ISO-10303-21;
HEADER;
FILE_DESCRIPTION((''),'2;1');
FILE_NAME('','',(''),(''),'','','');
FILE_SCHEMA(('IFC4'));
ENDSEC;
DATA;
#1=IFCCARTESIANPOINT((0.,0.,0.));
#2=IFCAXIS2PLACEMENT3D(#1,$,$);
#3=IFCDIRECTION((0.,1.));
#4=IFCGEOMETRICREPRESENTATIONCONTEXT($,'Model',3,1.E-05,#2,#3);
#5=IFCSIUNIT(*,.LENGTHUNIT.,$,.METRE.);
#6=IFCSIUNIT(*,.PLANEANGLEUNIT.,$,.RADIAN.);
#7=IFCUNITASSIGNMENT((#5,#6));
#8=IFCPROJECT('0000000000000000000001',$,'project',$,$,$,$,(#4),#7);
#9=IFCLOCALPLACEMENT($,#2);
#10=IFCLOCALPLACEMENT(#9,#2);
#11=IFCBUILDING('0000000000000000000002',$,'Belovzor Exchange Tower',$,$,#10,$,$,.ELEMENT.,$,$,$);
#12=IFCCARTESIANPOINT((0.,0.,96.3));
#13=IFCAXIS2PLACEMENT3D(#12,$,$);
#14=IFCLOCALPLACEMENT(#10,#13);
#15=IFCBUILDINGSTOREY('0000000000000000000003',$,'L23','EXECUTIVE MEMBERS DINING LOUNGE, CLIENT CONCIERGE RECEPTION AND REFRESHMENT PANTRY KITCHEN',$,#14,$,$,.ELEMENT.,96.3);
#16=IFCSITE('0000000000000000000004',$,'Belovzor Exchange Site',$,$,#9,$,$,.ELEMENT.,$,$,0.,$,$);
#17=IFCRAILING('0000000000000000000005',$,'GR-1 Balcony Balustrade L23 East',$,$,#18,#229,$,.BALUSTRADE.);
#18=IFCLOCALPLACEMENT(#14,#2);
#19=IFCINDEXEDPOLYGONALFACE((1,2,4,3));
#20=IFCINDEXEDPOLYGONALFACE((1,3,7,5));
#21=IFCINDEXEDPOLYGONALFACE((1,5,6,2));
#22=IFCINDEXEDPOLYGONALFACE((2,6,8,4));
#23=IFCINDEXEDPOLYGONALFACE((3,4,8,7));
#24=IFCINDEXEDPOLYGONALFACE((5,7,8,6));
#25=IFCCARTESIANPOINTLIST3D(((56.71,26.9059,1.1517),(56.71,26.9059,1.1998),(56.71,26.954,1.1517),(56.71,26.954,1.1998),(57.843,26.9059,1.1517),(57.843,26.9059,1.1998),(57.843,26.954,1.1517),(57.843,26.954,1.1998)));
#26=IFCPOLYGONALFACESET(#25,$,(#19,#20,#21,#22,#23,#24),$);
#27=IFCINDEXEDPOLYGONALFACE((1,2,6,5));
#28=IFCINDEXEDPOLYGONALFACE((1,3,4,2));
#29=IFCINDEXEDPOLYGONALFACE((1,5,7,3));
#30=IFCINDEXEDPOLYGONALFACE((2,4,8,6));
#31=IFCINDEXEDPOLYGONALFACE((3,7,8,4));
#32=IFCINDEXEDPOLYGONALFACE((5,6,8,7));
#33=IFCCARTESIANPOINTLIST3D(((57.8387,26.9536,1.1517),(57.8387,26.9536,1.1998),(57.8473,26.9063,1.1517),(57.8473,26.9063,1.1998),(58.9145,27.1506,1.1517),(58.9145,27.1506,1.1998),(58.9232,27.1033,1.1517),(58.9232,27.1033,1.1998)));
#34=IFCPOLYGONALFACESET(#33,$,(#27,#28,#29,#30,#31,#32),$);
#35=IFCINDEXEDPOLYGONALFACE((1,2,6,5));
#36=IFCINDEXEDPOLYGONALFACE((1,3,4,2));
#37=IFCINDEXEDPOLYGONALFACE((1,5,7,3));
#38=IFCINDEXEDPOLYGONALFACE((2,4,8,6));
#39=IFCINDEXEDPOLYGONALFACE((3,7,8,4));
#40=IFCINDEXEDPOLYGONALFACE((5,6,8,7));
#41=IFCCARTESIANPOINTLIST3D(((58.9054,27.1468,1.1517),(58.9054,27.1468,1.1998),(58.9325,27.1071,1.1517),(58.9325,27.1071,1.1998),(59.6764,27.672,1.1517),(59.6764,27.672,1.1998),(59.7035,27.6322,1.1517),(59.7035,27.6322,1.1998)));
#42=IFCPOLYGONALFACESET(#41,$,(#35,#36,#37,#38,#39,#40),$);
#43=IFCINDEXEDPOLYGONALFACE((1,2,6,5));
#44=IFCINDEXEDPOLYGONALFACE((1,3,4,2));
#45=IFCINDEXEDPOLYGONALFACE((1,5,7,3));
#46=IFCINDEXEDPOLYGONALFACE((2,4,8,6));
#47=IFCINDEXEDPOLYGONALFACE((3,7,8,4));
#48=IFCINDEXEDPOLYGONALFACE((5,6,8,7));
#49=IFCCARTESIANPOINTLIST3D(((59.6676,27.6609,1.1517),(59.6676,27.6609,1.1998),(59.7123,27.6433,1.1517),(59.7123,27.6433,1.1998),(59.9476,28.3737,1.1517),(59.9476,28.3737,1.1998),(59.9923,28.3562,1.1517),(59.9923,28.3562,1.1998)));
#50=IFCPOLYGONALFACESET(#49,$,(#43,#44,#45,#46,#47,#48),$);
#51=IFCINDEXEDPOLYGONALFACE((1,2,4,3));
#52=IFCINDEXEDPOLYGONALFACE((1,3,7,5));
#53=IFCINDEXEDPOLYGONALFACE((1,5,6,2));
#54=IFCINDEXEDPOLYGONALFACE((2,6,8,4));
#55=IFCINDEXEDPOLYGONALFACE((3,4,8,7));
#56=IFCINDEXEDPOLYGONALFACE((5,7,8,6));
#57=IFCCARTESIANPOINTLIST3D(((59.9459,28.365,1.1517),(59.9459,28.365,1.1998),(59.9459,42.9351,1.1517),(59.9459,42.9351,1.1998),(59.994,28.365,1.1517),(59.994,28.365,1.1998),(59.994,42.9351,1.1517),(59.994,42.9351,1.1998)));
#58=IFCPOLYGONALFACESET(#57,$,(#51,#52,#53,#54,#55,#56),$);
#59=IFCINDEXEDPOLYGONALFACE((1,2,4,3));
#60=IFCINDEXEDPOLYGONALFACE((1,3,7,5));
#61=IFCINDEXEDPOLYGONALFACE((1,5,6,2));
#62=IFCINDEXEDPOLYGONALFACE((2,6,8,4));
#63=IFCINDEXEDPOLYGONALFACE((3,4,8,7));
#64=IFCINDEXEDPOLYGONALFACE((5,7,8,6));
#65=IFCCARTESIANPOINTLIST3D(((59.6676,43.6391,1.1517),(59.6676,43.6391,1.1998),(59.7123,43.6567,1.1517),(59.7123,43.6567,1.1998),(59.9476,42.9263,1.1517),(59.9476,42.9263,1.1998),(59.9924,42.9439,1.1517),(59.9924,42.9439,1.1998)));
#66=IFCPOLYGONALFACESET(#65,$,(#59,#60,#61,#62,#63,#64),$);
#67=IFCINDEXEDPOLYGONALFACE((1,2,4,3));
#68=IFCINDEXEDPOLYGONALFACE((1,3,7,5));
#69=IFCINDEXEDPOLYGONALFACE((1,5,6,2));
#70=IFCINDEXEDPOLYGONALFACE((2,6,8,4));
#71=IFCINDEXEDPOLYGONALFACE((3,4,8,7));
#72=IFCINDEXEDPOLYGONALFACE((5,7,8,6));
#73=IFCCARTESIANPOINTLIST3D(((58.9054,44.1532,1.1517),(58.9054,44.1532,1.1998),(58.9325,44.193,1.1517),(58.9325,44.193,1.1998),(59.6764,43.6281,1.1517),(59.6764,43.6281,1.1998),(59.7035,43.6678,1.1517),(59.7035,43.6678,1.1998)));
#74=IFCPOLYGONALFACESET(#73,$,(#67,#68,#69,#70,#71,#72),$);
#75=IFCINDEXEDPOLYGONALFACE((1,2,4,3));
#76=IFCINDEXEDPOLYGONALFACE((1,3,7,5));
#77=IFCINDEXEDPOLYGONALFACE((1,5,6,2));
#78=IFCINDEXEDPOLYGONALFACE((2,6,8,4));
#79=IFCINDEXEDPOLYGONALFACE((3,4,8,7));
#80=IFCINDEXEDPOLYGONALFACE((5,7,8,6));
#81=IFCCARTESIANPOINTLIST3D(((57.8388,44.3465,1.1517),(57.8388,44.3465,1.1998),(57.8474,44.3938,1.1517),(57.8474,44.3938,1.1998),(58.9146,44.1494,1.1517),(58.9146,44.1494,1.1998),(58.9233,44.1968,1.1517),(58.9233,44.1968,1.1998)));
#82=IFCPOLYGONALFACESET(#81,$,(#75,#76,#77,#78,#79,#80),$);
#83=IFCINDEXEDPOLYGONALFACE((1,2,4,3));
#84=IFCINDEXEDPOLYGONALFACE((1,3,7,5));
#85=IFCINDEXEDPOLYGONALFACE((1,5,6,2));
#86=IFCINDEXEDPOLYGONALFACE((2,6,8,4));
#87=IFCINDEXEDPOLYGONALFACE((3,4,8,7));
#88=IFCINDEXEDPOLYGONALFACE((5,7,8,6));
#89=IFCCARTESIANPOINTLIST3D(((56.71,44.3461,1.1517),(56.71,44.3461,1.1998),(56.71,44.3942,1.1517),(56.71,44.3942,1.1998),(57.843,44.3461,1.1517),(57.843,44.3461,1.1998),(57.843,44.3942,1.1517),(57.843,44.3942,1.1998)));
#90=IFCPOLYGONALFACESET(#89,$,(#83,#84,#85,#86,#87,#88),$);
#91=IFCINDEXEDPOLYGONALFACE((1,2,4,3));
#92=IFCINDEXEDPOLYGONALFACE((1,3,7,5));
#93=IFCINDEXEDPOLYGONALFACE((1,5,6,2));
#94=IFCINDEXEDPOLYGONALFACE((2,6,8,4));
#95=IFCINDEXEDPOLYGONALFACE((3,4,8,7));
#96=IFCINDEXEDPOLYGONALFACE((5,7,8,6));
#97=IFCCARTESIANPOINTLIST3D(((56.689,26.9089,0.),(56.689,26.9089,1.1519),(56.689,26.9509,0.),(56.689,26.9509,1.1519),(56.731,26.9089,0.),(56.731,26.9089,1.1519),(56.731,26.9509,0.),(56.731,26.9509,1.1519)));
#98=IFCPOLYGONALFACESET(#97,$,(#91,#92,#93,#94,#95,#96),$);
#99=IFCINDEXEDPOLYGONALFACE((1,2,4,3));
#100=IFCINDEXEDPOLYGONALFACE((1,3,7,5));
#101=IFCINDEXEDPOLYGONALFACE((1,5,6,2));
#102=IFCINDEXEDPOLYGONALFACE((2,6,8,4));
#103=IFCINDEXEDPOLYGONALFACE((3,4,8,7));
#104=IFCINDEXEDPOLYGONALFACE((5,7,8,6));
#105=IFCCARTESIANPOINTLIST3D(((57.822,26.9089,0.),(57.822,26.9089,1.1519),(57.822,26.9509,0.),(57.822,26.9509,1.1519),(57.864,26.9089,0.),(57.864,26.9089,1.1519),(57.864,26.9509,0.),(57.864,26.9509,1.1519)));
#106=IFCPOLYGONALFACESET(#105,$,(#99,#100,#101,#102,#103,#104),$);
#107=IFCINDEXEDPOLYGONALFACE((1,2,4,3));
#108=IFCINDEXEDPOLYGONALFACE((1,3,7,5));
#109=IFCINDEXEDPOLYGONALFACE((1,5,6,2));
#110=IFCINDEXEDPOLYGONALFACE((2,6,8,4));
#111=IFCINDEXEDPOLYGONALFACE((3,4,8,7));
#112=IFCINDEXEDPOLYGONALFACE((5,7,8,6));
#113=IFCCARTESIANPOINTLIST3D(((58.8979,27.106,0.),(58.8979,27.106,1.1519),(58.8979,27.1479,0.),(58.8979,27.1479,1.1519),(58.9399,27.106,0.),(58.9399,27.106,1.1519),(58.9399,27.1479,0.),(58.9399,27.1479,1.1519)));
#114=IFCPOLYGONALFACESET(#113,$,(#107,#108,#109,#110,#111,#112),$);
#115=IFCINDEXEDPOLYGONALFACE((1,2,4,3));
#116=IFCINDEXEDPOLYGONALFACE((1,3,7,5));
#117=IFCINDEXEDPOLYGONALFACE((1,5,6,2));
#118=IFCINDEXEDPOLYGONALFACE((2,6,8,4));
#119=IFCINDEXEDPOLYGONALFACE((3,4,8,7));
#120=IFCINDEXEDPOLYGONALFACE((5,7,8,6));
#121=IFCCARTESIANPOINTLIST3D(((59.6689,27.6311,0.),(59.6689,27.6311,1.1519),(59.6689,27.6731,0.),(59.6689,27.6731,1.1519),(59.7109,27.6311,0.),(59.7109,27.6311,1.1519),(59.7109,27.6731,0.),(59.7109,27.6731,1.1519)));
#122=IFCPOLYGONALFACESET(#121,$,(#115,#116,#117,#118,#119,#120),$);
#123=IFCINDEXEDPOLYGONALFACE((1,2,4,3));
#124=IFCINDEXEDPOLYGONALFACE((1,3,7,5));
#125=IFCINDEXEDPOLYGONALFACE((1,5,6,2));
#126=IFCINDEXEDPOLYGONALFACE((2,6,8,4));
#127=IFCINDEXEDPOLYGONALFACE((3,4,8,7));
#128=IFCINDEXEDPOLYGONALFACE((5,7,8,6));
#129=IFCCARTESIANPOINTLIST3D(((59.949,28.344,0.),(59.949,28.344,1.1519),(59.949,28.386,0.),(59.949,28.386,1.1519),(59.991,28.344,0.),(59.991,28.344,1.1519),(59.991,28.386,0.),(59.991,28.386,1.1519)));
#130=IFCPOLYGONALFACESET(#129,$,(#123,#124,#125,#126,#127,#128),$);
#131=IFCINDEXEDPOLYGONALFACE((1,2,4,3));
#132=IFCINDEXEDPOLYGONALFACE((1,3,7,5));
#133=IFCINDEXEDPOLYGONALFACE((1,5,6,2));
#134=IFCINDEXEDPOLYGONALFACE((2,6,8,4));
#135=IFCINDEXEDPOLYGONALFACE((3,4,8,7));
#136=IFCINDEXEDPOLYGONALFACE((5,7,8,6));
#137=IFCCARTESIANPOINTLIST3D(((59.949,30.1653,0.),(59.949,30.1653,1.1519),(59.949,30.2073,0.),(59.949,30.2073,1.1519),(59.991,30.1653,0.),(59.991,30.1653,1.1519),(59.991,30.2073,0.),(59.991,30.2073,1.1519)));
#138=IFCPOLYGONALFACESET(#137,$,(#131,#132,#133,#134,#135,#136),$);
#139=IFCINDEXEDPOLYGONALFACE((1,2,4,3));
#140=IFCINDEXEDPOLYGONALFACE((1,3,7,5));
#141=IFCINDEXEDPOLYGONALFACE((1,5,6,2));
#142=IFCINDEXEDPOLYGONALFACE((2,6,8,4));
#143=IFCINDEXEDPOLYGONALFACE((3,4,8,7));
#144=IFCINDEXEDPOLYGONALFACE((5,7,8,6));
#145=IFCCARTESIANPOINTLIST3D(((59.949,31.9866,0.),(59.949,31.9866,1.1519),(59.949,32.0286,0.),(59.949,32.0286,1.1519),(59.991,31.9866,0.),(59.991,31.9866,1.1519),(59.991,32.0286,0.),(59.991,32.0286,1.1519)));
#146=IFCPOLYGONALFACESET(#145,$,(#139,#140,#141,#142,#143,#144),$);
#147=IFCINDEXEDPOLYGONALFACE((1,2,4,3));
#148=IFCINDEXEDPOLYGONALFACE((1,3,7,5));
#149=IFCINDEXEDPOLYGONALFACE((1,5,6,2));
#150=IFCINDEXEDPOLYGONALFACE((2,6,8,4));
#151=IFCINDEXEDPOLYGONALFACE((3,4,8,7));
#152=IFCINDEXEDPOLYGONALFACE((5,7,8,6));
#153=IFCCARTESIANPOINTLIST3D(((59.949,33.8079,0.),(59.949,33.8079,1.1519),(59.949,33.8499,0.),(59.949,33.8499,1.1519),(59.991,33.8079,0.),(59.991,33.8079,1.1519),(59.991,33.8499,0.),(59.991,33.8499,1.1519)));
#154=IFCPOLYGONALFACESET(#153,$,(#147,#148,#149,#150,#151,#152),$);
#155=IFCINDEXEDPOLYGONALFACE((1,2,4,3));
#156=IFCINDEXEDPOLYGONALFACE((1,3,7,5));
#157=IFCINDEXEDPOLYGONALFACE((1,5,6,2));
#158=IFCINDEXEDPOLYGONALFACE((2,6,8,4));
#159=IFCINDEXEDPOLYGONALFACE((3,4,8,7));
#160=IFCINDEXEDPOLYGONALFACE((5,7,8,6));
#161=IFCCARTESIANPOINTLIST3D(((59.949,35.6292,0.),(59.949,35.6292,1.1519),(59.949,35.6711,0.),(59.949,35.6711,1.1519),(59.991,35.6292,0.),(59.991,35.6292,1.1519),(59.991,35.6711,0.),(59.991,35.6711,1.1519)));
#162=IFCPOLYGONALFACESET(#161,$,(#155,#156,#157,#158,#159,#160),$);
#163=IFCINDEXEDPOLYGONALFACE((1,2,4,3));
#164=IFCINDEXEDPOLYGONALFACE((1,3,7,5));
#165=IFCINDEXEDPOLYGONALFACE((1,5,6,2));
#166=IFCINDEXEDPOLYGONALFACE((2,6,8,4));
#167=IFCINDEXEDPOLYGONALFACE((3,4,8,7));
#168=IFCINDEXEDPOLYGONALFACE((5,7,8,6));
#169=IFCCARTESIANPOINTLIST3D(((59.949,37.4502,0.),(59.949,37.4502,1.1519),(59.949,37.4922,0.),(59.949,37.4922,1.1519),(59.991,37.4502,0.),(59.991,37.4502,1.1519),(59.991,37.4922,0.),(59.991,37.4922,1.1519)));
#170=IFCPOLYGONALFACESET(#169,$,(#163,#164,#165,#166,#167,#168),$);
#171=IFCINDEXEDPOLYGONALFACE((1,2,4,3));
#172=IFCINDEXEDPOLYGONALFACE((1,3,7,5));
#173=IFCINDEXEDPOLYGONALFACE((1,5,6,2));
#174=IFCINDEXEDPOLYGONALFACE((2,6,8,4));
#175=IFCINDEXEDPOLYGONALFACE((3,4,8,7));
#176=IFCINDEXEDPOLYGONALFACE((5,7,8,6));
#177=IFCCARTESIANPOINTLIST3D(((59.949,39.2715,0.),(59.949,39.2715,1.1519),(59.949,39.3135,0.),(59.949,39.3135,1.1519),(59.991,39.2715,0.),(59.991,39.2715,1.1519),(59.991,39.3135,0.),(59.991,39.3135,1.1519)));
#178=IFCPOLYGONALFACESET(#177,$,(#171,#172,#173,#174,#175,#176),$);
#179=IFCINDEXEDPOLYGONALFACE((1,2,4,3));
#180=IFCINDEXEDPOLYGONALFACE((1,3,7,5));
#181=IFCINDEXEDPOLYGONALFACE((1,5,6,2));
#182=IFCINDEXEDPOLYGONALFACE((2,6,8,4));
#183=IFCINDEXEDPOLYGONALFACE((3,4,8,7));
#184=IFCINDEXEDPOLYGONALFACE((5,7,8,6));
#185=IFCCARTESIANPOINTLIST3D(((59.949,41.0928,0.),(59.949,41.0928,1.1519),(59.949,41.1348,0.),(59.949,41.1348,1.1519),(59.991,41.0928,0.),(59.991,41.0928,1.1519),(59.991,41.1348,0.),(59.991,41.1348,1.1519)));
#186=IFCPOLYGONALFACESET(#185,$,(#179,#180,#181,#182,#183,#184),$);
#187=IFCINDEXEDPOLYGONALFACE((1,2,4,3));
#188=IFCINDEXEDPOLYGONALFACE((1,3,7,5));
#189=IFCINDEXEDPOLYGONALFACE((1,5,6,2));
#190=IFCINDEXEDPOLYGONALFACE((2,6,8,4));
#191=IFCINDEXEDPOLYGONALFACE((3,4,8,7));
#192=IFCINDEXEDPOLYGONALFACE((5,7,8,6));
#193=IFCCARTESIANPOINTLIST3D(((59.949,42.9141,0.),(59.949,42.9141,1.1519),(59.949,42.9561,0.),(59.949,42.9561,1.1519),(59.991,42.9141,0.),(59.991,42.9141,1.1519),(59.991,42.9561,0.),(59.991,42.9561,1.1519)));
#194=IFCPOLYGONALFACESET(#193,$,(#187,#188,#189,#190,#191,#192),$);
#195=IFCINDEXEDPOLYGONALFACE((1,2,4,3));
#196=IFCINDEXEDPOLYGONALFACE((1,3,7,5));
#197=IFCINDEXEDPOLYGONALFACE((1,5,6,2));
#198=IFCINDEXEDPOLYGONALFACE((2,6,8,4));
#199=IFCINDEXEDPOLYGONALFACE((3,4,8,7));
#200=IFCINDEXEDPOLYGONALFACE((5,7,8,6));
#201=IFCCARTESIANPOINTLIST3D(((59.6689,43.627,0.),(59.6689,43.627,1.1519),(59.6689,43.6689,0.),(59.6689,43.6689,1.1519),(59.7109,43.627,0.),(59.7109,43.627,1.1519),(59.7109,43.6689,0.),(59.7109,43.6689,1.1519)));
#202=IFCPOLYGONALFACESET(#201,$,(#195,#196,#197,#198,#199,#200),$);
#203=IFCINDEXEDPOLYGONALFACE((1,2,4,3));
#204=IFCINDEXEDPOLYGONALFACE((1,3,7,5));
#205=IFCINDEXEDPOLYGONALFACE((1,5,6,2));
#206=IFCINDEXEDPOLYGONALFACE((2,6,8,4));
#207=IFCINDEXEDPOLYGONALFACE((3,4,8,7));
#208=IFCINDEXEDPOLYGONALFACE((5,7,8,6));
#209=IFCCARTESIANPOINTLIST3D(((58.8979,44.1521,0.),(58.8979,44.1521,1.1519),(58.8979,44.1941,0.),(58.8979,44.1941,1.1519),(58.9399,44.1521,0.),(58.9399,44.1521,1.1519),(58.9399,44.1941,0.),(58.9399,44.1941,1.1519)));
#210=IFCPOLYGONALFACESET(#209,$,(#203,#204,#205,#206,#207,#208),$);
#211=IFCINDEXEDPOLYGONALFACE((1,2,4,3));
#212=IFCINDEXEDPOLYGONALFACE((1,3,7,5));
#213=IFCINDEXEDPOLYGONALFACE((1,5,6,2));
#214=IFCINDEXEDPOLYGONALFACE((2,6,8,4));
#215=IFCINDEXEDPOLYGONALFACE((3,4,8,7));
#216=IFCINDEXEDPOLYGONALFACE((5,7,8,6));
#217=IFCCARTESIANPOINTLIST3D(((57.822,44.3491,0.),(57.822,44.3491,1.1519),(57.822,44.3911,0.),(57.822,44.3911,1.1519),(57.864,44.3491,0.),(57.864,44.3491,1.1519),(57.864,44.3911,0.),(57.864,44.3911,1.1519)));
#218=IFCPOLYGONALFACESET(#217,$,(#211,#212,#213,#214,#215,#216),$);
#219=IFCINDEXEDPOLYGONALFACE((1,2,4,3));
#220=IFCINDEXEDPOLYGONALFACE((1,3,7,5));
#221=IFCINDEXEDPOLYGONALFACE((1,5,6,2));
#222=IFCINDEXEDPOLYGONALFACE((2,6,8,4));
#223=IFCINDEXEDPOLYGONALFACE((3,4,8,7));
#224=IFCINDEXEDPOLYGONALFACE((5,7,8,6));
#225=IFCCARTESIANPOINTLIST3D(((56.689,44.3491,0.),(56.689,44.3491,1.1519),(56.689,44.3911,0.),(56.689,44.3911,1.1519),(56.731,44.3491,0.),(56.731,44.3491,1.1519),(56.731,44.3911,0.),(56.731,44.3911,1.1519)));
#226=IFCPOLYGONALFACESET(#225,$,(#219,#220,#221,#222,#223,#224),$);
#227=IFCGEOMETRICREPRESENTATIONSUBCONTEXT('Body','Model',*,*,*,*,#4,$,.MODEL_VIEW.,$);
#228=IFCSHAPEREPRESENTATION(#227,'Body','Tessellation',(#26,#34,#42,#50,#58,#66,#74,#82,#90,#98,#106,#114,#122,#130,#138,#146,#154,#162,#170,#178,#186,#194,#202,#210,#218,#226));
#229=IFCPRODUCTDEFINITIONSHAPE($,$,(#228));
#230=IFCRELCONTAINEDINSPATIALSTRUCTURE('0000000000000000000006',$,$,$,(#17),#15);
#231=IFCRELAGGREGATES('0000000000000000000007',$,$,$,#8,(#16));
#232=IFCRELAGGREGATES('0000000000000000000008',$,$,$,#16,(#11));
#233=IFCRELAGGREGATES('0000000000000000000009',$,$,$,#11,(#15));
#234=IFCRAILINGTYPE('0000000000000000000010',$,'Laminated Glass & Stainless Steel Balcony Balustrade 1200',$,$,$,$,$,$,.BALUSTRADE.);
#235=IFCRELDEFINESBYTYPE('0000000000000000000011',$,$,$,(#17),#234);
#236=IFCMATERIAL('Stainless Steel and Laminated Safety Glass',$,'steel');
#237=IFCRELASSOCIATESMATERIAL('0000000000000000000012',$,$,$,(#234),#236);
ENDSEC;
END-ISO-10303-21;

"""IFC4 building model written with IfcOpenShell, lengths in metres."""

from ifc_helpers import new_model, si_unit, direction, frame, origin, origin_2d, place, context, subcontext, project, spatial, rectangle, extrude, material, type_object, element, save


model = new_model("IFC4")

# Units and contexts
model_context = context("Model", 3, precision=1e-05, world=origin(), true_north=direction((0.0, 1.0)))
body_context = subcontext(model_context, "Body", "Model", "MODEL_VIEW")
ifc_project = project(units=[si_unit("LENGTHUNIT", "METRE"), si_unit("PLANEANGLEUNIT", "RADIAN")], contexts=[model_context])

# Site, building, storey
site_placement = place(None, origin())
site = spatial("IfcSite", under=ifc_project, at=site_placement, Name="Belovzor Exchange Site", CompositionType="ELEMENT", RefElevation=0.0)
building_placement = place(site_placement, origin())
building = spatial("IfcBuilding", under=site, at=building_placement, Name="Belovzor Exchange Tower", CompositionType="ELEMENT")
storey_placement = place(building_placement, frame((0.0, 0.0, 96.3)))
storey = spatial("IfcBuildingStorey", under=building, at=storey_placement, Name="L23", Description="EXECUTIVE MEMBERS DINING LOUNGE, CLIENT CONCIERGE RECEPTION AND REFRESHMENT PANTRY KITCHEN", CompositionType="ELEMENT", Elevation=96.3)

# Railing
ifc_material_1 = material(Name="Stainless Steel and Laminated Safety Glass", Category="steel")
railing_type = type_object("IfcRailingType", Name="Laminated Glass & Stainless Steel Balcony Balustrade 1200", PredefinedType="BALUSTRADE", material=ifc_material_1)
railing_placement = place(storey_placement, frame((56.71, 26.9299, 0.0)))
element("IfcRailing", 1, at=railing_placement, inside=storey, type_object=railing_type, Name="GR-1 Balcony Balustrade L23 East", PredefinedType="BALUSTRADE", context=body_context, shape_type="SweptSolid", body=[
    extrude(rectangle(XDim=0.0481, YDim=0.0481, at=origin_2d()), frame((0.0, 0.0, 1.1758), z_axis=(1.0, 0.0, 0.0), x_axis=(0.0, 1.0, 0.0)), (0.0, 0.0, 1.0), 1.1331),
    extrude(rectangle(XDim=0.0481, YDim=0.0481, at=origin_2d()), frame((1.1331, 0.0, 1.1758), z_axis=(0.983644, 0.180123, 0.0), x_axis=(-0.180123, 0.983644, 0.0)), (0.0, 0.0, 1.0), 1.0938),
    extrude(rectangle(XDim=0.0481, YDim=0.0481, at=origin_2d()), frame((2.209, 0.197, 1.1758), z_axis=(0.826493, 0.562947, 0.0), x_axis=(-0.562947, 0.826493, 0.0)), (0.0, 0.0, 1.0), 0.9329),
    extrude(rectangle(XDim=0.0481, YDim=0.0481, at=origin_2d()), frame((2.98, 0.7222, 1.1758), z_axis=(0.365613, 0.930767, 0.0), x_axis=(-0.930767, 0.365613, 0.0)), (0.0, 0.0, 1.0), 0.7659),
    extrude(rectangle(XDim=0.0481, YDim=0.0481, at=origin_2d()), frame((3.26, 1.4351, 1.1758), z_axis=(0.0, 1.0, 0.0), x_axis=(-1.0, 0.0, 0.0)), (0.0, 0.0, 1.0), 14.5701),
    extrude(rectangle(XDim=0.0481, YDim=0.0481, at=origin_2d()), frame((3.26, 16.0051, 1.1758), z_axis=(-0.365613, 0.930767, 0.0), x_axis=(-0.930767, -0.365613, 0.0)), (0.0, 0.0, 1.0), 0.7659),
    extrude(rectangle(XDim=0.0481, YDim=0.0481, at=origin_2d()), frame((2.98, 16.718, 1.1758), z_axis=(-0.826493, 0.562947, 0.0), x_axis=(-0.562947, -0.826493, 0.0)), (0.0, 0.0, 1.0), 0.9329),
    extrude(rectangle(XDim=0.0481, YDim=0.0481, at=origin_2d()), frame((2.209, 17.2432, 1.1758), z_axis=(-0.983644, 0.180123, 0.0), x_axis=(-0.180123, -0.983644, 0.0)), (0.0, 0.0, 1.0), 1.0938),
    extrude(rectangle(XDim=0.0481, YDim=0.0481, at=origin_2d()), frame((1.1331, 17.4402, 1.1758), z_axis=(-1.0, 0.0, 0.0), x_axis=(0.0, -1.0, 0.0)), (0.0, 0.0, 1.0), 1.1331),
    extrude(rectangle(XDim=0.042, YDim=0.042, at=origin_2d()), origin(), (0.0, 0.0, 1.0), 1.1519),
    extrude(rectangle(XDim=0.042, YDim=0.042, at=origin_2d()), frame((1.1331, 0.0, 0.0)), (0.0, 0.0, 1.0), 1.1519),
    extrude(rectangle(XDim=0.042, YDim=0.042, at=origin_2d()), frame((2.209, 0.197, 0.0)), (0.0, 0.0, 1.0), 1.1519),
    extrude(rectangle(XDim=0.042, YDim=0.042, at=origin_2d()), frame((2.98, 0.7222, 0.0)), (0.0, 0.0, 1.0), 1.1519),
    extrude(rectangle(XDim=0.042, YDim=0.042, at=origin_2d()), frame((3.26, 1.4351, 0.0)), (0.0, 0.0, 1.0), 1.1519),
    extrude(rectangle(XDim=0.042, YDim=0.042, at=origin_2d()), frame((3.26, 3.2563, 0.0)), (0.0, 0.0, 1.0), 1.1519),
    extrude(rectangle(XDim=0.042, YDim=0.042, at=origin_2d()), frame((3.26, 5.0776, 0.0)), (0.0, 0.0, 1.0), 1.1519),
    extrude(rectangle(XDim=0.042, YDim=0.042, at=origin_2d()), frame((3.26, 6.8989, 0.0)), (0.0, 0.0, 1.0), 1.1519),
    extrude(rectangle(XDim=0.042, YDim=0.042, at=origin_2d()), frame((3.26, 8.7202, 0.0)), (0.0, 0.0, 1.0), 1.1519),
    extrude(rectangle(XDim=0.042, YDim=0.042, at=origin_2d()), frame((3.26, 10.5413, 0.0)), (0.0, 0.0, 1.0), 1.1519),
    extrude(rectangle(XDim=0.042, YDim=0.042, at=origin_2d()), frame((3.26, 12.3625, 0.0)), (0.0, 0.0, 1.0), 1.1519),
    extrude(rectangle(XDim=0.042, YDim=0.042, at=origin_2d()), frame((3.26, 14.1838, 0.0)), (0.0, 0.0, 1.0), 1.1519),
    extrude(rectangle(XDim=0.042, YDim=0.042, at=origin_2d()), frame((3.26, 16.0051, 0.0)), (0.0, 0.0, 1.0), 1.1519),
    extrude(rectangle(XDim=0.042, YDim=0.042, at=origin_2d()), frame((2.98, 16.718, 0.0)), (0.0, 0.0, 1.0), 1.1519),
    extrude(rectangle(XDim=0.042, YDim=0.042, at=origin_2d()), frame((2.209, 17.2432, 0.0)), (0.0, 0.0, 1.0), 1.1519),
    extrude(rectangle(XDim=0.042, YDim=0.042, at=origin_2d()), frame((1.1331, 17.4402, 0.0)), (0.0, 0.0, 1.0), 1.1519),
    extrude(rectangle(XDim=0.042, YDim=0.042, at=origin_2d()), frame((0.0, 17.4402, 0.0)), (0.0, 0.0, 1.0), 1.1519),
])

save(model, "model.ifc")
